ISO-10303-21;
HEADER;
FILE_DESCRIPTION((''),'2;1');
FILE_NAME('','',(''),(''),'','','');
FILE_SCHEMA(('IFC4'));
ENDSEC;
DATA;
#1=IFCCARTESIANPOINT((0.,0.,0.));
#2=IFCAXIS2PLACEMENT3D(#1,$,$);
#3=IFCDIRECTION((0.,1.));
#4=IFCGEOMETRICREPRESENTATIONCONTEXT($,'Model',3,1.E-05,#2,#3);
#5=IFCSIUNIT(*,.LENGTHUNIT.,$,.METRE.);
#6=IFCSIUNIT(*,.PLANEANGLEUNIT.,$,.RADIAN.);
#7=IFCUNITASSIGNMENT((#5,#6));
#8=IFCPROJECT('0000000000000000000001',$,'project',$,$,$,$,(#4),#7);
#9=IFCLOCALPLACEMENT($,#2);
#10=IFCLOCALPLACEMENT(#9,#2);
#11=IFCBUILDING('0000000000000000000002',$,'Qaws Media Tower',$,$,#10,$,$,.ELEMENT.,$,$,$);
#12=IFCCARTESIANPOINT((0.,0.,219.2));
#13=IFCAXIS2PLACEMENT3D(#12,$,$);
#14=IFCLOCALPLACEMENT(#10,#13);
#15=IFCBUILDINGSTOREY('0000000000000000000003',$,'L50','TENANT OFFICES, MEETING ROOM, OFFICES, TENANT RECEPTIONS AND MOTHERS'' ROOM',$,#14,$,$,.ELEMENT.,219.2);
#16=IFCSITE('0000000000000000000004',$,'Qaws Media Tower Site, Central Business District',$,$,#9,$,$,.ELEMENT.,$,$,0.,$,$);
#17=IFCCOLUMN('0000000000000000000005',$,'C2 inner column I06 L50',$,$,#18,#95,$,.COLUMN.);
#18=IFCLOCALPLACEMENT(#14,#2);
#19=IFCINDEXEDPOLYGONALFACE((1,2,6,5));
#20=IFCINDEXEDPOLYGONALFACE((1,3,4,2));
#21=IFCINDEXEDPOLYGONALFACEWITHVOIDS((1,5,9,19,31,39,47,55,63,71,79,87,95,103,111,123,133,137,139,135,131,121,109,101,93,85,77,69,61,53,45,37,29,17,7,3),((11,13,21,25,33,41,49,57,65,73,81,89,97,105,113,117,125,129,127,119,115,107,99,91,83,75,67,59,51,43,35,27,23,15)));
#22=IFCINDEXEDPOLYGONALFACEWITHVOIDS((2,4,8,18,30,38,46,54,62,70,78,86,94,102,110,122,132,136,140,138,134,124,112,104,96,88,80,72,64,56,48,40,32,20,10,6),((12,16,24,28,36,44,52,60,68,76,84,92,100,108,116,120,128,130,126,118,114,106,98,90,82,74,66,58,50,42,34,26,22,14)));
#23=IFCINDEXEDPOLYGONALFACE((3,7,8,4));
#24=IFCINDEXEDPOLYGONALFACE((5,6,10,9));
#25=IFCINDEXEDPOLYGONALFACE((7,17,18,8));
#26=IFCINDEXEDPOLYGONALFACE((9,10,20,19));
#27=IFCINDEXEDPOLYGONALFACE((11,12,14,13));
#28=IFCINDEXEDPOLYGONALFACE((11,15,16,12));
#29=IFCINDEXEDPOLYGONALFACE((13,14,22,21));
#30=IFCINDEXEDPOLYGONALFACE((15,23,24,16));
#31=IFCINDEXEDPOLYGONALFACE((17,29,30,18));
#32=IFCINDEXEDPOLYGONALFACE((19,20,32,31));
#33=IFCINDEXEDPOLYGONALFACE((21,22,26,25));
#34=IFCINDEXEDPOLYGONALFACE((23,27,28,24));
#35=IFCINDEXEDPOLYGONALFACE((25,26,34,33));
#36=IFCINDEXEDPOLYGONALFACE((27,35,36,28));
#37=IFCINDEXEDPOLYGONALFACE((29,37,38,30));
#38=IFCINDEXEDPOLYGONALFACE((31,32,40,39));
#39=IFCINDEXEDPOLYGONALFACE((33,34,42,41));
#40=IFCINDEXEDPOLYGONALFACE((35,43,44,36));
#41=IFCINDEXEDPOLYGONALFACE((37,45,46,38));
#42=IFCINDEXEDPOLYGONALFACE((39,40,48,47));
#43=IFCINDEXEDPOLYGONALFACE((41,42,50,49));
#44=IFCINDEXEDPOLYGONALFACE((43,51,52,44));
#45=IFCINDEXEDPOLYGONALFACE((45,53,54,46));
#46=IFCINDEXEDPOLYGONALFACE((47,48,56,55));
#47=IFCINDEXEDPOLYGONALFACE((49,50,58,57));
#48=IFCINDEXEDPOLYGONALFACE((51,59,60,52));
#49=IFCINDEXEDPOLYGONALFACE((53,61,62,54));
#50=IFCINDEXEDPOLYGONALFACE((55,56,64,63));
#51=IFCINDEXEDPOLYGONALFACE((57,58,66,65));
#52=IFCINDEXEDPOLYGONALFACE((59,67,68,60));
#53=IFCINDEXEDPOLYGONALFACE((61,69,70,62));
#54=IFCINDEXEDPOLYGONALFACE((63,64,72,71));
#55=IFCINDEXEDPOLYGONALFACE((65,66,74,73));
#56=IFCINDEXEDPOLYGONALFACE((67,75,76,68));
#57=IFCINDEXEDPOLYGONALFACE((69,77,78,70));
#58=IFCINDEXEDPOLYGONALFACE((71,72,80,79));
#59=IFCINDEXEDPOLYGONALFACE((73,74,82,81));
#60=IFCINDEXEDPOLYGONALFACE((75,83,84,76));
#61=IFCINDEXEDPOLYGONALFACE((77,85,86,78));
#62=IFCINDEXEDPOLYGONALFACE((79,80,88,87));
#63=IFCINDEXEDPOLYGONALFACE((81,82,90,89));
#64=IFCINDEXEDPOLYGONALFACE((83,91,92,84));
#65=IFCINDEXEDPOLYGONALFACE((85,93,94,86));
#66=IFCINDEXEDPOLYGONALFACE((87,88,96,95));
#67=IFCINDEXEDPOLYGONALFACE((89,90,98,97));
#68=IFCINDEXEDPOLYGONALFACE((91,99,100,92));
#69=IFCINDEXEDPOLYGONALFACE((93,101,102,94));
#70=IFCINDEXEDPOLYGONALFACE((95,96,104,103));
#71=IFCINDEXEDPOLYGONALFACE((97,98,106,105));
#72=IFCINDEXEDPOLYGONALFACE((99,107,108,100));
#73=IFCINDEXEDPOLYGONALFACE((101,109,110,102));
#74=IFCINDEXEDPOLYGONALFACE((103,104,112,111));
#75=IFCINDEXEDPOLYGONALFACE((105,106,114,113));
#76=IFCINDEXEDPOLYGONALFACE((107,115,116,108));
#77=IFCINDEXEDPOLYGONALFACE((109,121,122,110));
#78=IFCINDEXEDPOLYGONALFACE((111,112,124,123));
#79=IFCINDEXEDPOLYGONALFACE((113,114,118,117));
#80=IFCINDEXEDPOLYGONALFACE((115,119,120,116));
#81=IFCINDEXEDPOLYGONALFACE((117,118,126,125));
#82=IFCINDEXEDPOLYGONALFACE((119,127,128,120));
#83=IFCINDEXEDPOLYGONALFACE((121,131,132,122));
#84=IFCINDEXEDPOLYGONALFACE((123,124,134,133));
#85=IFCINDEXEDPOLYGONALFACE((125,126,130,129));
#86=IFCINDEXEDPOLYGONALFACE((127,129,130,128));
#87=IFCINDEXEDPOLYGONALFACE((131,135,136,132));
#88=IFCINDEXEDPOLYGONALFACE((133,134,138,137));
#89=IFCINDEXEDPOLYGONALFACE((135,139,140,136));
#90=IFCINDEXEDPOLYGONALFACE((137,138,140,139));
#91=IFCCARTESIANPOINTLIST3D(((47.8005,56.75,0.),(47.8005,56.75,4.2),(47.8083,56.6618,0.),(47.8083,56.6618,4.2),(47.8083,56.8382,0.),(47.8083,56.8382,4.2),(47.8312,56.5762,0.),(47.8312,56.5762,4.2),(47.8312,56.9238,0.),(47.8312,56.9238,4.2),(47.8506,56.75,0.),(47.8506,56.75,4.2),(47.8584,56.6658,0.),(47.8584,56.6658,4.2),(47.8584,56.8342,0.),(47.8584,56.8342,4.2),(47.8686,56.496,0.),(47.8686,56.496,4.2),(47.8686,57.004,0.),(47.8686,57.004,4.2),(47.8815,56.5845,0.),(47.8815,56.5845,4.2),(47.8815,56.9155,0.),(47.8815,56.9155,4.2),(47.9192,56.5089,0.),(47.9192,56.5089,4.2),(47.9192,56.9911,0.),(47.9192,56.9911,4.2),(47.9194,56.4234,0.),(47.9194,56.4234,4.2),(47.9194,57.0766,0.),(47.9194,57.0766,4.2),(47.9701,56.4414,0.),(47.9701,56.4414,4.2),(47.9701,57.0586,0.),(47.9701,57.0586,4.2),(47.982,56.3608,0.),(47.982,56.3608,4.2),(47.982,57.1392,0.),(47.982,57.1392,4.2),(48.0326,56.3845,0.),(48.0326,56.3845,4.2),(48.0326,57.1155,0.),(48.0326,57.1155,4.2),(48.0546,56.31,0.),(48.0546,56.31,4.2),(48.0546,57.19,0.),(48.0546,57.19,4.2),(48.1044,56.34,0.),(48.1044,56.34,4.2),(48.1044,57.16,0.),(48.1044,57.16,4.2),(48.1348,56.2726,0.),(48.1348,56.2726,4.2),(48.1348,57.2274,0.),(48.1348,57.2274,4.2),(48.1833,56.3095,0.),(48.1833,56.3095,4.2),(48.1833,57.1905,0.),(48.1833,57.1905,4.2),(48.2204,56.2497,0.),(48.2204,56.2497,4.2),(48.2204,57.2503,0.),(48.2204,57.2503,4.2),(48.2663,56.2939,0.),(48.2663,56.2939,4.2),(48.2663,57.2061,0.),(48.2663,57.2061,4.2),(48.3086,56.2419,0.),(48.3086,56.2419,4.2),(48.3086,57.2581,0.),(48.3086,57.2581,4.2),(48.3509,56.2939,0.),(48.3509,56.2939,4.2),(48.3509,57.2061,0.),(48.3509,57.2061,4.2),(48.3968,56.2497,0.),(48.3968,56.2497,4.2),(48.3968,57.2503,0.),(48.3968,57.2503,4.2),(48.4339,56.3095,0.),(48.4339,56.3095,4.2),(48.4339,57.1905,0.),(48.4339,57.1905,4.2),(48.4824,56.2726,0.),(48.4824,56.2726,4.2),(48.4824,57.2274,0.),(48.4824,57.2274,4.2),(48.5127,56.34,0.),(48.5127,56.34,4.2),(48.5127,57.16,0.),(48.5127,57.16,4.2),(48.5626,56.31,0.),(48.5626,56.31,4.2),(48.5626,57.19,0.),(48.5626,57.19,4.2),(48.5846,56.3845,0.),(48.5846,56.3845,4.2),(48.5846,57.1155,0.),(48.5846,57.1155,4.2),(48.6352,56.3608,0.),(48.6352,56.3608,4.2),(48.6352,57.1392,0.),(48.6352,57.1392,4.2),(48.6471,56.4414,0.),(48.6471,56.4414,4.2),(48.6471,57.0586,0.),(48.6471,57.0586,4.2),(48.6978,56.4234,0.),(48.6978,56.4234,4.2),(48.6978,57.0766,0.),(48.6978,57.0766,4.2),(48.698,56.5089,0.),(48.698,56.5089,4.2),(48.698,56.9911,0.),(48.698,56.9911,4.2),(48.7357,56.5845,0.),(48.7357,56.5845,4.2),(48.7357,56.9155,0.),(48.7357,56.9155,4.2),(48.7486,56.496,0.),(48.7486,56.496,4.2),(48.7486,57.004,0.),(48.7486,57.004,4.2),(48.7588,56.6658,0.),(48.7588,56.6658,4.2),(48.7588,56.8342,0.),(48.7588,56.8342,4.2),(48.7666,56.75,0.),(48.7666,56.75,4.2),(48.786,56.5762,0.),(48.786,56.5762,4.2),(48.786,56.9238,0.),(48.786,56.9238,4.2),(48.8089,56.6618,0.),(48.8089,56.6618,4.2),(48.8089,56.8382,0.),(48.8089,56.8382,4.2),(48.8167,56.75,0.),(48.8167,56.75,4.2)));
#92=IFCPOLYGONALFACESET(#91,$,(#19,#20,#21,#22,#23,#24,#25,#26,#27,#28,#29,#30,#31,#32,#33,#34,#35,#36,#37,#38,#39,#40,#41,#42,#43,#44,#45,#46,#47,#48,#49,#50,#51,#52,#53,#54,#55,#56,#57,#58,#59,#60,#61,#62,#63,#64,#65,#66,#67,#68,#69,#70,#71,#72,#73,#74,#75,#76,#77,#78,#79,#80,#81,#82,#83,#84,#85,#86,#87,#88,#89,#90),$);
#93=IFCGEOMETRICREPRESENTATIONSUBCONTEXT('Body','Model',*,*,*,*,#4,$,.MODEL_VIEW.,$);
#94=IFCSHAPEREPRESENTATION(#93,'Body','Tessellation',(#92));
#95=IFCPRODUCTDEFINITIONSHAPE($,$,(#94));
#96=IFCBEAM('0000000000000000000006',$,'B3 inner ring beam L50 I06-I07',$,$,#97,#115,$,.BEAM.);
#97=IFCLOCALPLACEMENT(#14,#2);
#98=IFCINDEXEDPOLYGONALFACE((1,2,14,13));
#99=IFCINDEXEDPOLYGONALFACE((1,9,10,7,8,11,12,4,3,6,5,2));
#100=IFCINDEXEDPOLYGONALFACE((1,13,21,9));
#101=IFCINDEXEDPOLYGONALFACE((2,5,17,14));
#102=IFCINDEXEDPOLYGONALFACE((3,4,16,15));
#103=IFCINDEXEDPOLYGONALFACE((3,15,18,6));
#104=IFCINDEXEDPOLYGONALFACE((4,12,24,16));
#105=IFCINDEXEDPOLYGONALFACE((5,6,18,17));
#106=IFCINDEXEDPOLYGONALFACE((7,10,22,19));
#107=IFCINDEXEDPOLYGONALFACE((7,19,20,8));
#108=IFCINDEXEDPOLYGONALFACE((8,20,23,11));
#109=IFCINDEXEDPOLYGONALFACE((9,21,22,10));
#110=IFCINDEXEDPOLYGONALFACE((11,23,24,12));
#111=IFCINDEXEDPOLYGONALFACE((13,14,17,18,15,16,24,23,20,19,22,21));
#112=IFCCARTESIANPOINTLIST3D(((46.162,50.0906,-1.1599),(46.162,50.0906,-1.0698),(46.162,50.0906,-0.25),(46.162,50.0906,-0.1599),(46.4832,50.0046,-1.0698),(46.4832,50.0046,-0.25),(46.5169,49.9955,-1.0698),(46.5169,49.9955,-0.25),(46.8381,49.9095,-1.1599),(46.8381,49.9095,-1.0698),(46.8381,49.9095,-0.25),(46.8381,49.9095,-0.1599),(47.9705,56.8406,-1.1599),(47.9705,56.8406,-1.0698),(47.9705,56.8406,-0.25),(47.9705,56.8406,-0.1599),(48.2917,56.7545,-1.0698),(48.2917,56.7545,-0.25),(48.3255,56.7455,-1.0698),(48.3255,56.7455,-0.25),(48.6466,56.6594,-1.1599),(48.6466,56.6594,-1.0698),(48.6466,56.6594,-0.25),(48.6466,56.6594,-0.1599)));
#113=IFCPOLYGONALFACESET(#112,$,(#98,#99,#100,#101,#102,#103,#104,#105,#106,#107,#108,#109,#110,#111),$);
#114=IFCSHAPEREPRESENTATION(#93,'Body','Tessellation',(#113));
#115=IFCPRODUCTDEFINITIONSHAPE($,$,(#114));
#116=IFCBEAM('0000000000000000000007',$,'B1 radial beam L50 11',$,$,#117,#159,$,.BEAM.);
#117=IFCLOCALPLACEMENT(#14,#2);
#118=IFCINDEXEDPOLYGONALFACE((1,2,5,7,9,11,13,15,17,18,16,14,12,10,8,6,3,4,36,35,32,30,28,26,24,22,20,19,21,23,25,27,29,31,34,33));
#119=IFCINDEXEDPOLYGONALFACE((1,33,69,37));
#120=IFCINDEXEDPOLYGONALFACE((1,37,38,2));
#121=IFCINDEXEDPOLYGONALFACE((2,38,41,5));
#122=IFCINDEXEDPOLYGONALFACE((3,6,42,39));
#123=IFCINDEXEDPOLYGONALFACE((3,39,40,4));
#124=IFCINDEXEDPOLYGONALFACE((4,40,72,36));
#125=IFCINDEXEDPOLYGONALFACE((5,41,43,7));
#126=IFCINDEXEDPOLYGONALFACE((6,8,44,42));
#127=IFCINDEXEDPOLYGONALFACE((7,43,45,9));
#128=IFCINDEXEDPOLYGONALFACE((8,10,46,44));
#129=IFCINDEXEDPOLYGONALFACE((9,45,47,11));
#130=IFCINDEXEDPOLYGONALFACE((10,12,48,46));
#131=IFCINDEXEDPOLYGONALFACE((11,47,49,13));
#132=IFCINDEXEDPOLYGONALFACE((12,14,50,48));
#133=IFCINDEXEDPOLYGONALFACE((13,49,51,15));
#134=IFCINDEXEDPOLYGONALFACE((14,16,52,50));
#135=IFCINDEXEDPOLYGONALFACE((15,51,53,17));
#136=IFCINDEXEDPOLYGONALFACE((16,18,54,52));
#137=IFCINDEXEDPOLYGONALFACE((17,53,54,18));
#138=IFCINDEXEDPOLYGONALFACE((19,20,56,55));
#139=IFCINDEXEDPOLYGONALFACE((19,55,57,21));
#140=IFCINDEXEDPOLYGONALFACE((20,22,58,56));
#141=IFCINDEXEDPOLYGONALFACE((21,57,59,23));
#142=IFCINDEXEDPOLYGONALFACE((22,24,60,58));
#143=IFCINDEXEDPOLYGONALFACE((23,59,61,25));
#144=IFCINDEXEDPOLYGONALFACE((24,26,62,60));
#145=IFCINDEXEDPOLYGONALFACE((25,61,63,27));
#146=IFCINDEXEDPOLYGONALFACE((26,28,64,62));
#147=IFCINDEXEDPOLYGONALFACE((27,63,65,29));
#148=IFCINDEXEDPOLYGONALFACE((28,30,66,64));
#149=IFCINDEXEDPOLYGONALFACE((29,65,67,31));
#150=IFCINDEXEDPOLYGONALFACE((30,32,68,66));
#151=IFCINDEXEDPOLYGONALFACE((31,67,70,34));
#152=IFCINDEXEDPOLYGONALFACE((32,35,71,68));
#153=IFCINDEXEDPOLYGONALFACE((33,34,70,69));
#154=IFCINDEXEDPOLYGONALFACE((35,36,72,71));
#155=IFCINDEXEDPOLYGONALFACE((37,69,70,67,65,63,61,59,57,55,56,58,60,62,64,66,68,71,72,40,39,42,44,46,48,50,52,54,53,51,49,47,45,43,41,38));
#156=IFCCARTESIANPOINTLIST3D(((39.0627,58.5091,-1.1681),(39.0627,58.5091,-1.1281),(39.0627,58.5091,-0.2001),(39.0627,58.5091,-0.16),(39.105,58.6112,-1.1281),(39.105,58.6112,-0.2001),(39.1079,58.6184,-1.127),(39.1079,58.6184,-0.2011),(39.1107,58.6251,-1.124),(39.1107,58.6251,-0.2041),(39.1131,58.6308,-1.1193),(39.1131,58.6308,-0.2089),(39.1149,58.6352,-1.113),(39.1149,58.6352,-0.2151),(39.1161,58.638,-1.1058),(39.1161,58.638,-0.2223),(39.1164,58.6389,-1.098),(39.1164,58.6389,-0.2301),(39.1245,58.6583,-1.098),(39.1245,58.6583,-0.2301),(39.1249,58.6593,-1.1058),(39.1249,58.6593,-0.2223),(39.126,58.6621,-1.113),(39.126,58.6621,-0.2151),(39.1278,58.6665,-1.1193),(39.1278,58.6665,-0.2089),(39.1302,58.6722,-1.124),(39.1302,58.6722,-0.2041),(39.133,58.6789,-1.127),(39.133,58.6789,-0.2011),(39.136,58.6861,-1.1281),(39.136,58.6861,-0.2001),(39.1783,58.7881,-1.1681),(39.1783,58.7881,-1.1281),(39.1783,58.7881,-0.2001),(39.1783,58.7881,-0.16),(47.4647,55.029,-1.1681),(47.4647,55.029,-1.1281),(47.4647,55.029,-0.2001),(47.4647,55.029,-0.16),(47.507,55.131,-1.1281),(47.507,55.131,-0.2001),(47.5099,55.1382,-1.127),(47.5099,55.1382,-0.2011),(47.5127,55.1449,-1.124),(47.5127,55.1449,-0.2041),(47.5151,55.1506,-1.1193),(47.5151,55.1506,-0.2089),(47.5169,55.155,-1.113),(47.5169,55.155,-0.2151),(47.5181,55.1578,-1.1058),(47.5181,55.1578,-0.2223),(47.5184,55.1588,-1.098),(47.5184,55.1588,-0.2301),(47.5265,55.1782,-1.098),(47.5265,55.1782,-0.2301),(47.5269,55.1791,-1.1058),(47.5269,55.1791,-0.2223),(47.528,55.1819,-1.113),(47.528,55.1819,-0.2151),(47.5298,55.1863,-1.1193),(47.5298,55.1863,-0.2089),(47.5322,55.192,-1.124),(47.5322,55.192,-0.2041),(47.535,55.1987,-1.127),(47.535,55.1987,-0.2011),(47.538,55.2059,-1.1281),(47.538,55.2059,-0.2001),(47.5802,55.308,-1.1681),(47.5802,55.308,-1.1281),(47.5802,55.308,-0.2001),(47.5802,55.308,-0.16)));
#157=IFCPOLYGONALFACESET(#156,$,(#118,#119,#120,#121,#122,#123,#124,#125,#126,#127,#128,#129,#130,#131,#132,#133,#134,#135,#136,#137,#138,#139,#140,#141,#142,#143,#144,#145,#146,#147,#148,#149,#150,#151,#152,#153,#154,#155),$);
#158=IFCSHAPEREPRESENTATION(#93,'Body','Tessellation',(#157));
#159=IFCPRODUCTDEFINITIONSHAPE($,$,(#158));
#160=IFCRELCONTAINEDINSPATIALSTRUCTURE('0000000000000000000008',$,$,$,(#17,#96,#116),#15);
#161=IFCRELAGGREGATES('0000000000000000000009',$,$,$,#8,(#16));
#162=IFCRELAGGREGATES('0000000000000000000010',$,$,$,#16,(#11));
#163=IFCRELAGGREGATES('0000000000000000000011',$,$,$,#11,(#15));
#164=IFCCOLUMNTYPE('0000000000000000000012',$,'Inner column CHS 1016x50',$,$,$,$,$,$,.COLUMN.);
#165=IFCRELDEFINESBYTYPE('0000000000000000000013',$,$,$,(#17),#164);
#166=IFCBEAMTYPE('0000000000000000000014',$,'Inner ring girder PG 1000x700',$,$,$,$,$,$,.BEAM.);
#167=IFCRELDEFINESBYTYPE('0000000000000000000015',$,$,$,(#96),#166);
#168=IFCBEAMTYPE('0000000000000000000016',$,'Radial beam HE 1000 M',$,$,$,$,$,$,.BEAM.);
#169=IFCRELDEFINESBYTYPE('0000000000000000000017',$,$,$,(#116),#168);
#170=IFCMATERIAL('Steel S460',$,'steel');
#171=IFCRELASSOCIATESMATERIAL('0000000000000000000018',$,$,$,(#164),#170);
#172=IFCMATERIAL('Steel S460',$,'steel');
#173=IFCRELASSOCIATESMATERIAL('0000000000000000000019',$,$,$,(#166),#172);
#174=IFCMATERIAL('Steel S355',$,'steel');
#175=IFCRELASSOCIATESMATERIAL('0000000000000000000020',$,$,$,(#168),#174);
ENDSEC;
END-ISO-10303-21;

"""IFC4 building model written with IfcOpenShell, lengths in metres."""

from ifc_helpers import new_model, si_unit, direction, frame, origin, origin_2d, place, context, subcontext, project, spatial, hollow_circle, i_section, extrude, material, material_profile, profile_set, type_object, element, save


model = new_model("IFC4")

# Units and contexts
model_context = context("Model", 3, precision=1e-05, world=origin(), true_north=direction((0.0, 1.0)))
body_context = subcontext(model_context, "Body", "Model", "MODEL_VIEW")
ifc_project = project(units=[si_unit("LENGTHUNIT", "METRE"), si_unit("PLANEANGLEUNIT", "RADIAN")], contexts=[model_context])

# Site, building, storey
site_placement = place(None, origin())
site = spatial("IfcSite", under=ifc_project, at=site_placement, Name="Qaws Media Tower Site, Central Business District", CompositionType="ELEMENT", RefElevation=0.0)
building_placement = place(site_placement, origin())
building = spatial("IfcBuilding", under=site, at=building_placement, Name="Qaws Media Tower", CompositionType="ELEMENT")
storey_placement = place(building_placement, frame((0.0, 0.0, 219.2)))
storey = spatial("IfcBuildingStorey", under=building, at=storey_placement, Name="L50", Description="TENANT OFFICES, MEETING ROOM, OFFICES, TENANT RECEPTIONS AND MOTHERS' ROOM", CompositionType="ELEMENT", Elevation=219.2)

# Column
ifc_material_1 = material(Name="Steel S460", Category="steel")
ifc_material_profile_1 = material_profile(ifc_material_1, hollow_circle(Radius=0.5081, WallThickness=0.05, at=origin_2d()), Name="CHS 1016x50")
ifc_profile_set_1 = profile_set([ifc_material_profile_1], Name="Steel S460")
column_type = type_object("IfcColumnType", Name="Inner column CHS 1016x50", PredefinedType="COLUMN", material=ifc_profile_set_1)
column_placement = place(storey_placement, frame((48.3086, 56.75, 0.0), z_axis=(0.0, 0.0, 1.0), x_axis=(1.0, 0.0, 0.0)))
element("IfcColumn", 1, at=column_placement, inside=storey, type_object=column_type, Name="C2 inner column I06 L50", PredefinedType="COLUMN", context=body_context, shape_type="SweptSolid", body=[
    extrude(hollow_circle(Radius=0.5081, WallThickness=0.05, at=origin_2d()), origin(), (0.0, 0.0, 1.0), 4.2),
])

# Beams
ifc_material_2 = material(Name="Steel S460", Category="steel")
ifc_material_profile_2 = material_profile(ifc_material_2, i_section(OverallWidth=0.7, OverallDepth=1.0, WebThickness=0.0349, FlangeThickness=0.0901, at=origin_2d()), Name="PG 1000x700")
ifc_profile_set_2 = profile_set([ifc_material_profile_2], Name="Steel S460")
beam_type_1 = type_object("IfcBeamType", Name="Inner ring girder PG 1000x700", PredefinedType="BEAM", material=ifc_profile_set_2)
beam_1_placement = place(storey_placement, frame((48.3086, 56.75, -0.6599), z_axis=(-0.258811, -0.965928, 0.0), x_axis=(0.965928, -0.258811, 0.0)))
element("IfcBeam", 2, at=beam_1_placement, inside=storey, type_object=beam_type_1, Name="B3 inner ring beam L50 I06-I07", PredefinedType="BEAM", context=body_context, shape_type="SweptSolid", body=[
    extrude(i_section(OverallWidth=0.7, OverallDepth=1.0, WebThickness=0.0349, FlangeThickness=0.0901, at=origin_2d()), origin(), (0.0, 0.0, 1.0), 6.988),
])
ifc_material_3 = material(Name="Steel S355", Category="steel")
ifc_material_profile_3 = material_profile(ifc_material_3, i_section(OverallWidth=0.302, OverallDepth=1.0081, WebThickness=0.021, FlangeThickness=0.04, FilletRadius=0.03, at=origin_2d()), Name="HE 1000 M")
ifc_profile_set_3 = profile_set([ifc_material_profile_3], Name="Steel S355")
beam_type_2 = type_object("IfcBeamType", Name="Radial beam HE 1000 M", PredefinedType="BEAM", material=ifc_profile_set_3)
beam_2_placement = place(storey_placement, frame((47.5225, 55.1685, -0.6641), z_axis=(-0.923881, 0.38268, 0.0), x_axis=(-0.38268, -0.923881, 0.0)))
element("IfcBeam", 3, at=beam_2_placement, inside=storey, type_object=beam_type_2, Name="B1 radial beam L50 11", PredefinedType="BEAM", context=body_context, shape_type="SweptSolid", body=[
    extrude(i_section(OverallWidth=0.302, OverallDepth=1.0081, WebThickness=0.021, FlangeThickness=0.04, FilletRadius=0.03, at=origin_2d()), origin(), (0.0, 0.0, 1.0), 9.0942),
])

save(model, "model.ifc")
